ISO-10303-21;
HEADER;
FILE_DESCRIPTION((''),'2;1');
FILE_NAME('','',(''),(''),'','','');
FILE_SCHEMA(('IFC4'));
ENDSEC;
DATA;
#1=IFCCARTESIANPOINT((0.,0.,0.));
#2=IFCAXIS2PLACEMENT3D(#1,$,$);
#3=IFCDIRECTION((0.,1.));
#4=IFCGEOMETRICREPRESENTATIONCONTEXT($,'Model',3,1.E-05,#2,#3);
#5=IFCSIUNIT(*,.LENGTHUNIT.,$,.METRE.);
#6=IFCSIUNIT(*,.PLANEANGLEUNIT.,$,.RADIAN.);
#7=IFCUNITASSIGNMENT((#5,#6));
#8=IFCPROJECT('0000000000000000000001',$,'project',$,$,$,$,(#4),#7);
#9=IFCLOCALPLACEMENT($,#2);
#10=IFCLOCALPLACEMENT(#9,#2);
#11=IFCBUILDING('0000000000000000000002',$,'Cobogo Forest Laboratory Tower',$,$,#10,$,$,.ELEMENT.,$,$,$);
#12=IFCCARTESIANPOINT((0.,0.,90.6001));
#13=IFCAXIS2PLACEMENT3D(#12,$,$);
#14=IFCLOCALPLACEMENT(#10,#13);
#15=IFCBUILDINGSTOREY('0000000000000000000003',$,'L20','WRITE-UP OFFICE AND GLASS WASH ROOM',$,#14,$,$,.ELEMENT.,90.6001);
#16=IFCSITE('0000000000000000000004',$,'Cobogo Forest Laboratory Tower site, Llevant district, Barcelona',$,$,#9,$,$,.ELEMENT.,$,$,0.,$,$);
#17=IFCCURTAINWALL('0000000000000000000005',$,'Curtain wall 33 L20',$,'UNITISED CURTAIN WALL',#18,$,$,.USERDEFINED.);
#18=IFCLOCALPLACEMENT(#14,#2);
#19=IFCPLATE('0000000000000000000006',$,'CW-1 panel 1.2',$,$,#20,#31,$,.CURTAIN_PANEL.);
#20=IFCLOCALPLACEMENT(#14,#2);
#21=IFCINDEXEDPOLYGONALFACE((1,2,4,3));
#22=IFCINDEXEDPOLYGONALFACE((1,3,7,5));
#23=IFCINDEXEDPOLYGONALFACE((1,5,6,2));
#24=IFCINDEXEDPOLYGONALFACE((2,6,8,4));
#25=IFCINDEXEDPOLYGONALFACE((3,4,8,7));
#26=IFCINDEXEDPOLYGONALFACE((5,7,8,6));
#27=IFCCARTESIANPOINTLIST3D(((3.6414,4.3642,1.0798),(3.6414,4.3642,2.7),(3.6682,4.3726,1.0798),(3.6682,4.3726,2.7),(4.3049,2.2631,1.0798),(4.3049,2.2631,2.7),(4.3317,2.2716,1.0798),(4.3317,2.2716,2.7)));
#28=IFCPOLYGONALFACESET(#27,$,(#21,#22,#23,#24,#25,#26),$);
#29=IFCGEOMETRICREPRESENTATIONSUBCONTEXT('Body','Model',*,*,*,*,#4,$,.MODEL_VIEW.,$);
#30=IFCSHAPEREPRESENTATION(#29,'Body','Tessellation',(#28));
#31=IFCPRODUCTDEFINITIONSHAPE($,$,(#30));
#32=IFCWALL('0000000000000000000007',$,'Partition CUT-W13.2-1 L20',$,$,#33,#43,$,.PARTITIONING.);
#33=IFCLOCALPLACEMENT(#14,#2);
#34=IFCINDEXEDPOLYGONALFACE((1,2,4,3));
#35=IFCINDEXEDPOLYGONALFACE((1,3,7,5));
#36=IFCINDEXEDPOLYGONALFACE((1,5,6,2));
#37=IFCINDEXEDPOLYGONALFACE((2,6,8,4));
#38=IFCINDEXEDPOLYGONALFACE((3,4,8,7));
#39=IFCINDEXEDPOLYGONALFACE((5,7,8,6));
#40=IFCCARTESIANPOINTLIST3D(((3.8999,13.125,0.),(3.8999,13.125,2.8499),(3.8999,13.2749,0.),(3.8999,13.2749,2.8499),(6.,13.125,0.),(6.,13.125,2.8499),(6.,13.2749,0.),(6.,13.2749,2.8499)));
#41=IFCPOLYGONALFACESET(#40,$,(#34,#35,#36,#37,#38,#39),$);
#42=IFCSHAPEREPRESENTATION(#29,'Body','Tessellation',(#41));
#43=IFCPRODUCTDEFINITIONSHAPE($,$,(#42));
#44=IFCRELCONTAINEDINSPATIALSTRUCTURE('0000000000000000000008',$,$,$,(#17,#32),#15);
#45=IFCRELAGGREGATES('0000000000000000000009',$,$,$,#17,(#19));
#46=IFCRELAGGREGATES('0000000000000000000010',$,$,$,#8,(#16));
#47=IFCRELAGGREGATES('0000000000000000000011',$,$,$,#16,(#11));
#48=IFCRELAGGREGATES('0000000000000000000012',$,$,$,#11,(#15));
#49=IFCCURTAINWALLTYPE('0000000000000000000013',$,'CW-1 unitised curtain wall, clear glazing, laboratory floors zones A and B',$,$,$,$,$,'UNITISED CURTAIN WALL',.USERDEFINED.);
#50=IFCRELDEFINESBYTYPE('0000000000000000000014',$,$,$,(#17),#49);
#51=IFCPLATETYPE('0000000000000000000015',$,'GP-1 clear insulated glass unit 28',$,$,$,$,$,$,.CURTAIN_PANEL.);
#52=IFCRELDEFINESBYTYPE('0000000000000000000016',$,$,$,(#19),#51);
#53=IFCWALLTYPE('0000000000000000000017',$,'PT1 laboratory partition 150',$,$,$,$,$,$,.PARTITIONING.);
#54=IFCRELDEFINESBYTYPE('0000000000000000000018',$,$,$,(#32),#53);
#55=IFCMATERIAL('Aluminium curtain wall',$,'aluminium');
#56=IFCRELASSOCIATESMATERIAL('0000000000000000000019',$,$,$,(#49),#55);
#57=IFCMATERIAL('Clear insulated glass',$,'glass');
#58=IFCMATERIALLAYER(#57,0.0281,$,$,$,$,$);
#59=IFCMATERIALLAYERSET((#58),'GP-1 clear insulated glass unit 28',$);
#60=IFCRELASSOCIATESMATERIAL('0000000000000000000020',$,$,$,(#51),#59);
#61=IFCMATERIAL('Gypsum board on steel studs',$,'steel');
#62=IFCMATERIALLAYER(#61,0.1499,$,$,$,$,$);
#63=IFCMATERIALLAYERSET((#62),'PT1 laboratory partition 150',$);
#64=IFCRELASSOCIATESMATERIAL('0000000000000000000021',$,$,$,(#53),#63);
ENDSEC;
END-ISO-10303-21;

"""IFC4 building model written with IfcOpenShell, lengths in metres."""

from ifc_helpers import new_model, si_unit, direction, frame, frame_2d, origin, origin_2d, place, context, subcontext, project, spatial, rectangle, extrude, material, layer, layer_set, type_object, element, aggregate, save


model = new_model("IFC4")

# Units and contexts
model_context = context("Model", 3, precision=1e-05, world=origin(), true_north=direction((0.0, 1.0)))
body_context = subcontext(model_context, "Body", "Model", "MODEL_VIEW")
ifc_project = project(units=[si_unit("LENGTHUNIT", "METRE"), si_unit("PLANEANGLEUNIT", "RADIAN")], contexts=[model_context])

# Site, building, storey
site_placement = place(None, origin())
site = spatial("IfcSite", under=ifc_project, at=site_placement, Name="Cobogo Forest Laboratory Tower site, Llevant district, Barcelona", CompositionType="ELEMENT", RefElevation=0.0)
building_placement = place(site_placement, origin())
building = spatial("IfcBuilding", under=site, at=building_placement, Name="Cobogo Forest Laboratory Tower", CompositionType="ELEMENT")
storey_placement = place(building_placement, frame((0.0, 0.0, 90.6001)))
storey = spatial("IfcBuildingStorey", under=building, at=storey_placement, Name="L20", Description="WRITE-UP OFFICE AND GLASS WASH ROOM", CompositionType="ELEMENT", Elevation=90.6001)

# Curtain wall
ifc_material_1 = material(Name="Aluminium curtain wall", Category="aluminium")
curtain_wall_type = type_object("IfcCurtainWallType", Name="CW-1 unitised curtain wall, clear glazing, laboratory floors zones A and B", ElementType="UNITISED CURTAIN WALL", PredefinedType="USERDEFINED", material=ifc_material_1)
curtain_wall_1_placement = place(storey_placement, origin())
curtain_wall_1 = element("IfcCurtainWall", 1, at=curtain_wall_1_placement, inside=storey, type_object=curtain_wall_type, Name="Curtain wall 33 L20", ObjectType="UNITISED CURTAIN WALL", PredefinedType="USERDEFINED")

# Plate
ifc_material_2 = material(Name="Clear insulated glass", Category="glass")
ifc_layer_1 = layer(ifc_material_2, 0.0281)
ifc_layer_set_1 = layer_set([ifc_layer_1], Name="GP-1 clear insulated glass unit 28")
plate_type = type_object("IfcPlateType", Name="GP-1 clear insulated glass unit 28", PredefinedType="CURTAIN_PANEL", material=ifc_layer_set_1)
plate_1_placement = place(storey_placement, frame((3.9866, 3.3179, 1.0798), z_axis=(0.0, 0.0, 1.0), x_axis=(0.301135, -0.953581, 0.0)))
plate_1 = element("IfcPlate", 2, at=plate_1_placement, type_object=plate_type, Name="CW-1 panel 1.2", PredefinedType="CURTAIN_PANEL", context=body_context, shape_type="SweptSolid", body=[
    extrude(rectangle(XDim=2.2034, YDim=0.0281, at=origin_2d()), origin(), (0.0, 0.0, 1.0), 1.6201),
])
aggregate(curtain_wall_1, [plate_1])

# Wall
ifc_material_3 = material(Name="Gypsum board on steel studs", Category="steel")
ifc_layer_2 = layer(ifc_material_3, 0.1499)
ifc_layer_set_2 = layer_set([ifc_layer_2], Name="PT1 laboratory partition 150")
wall_type = type_object("IfcWallType", Name="PT1 laboratory partition 150", PredefinedType="PARTITIONING", material=ifc_layer_set_2)
wall_placement = place(storey_placement, frame((3.8999, 13.2, 0.0), z_axis=(0.0, 0.0, 1.0), x_axis=(1.0, 0.0, 0.0)))
element("IfcWall", 3, at=wall_placement, inside=storey, type_object=wall_type, Name="Partition CUT-W13.2-1 L20", PredefinedType="PARTITIONING", context=body_context, shape_type="SweptSolid", body=[
    extrude(rectangle(XDim=2.1001, YDim=0.1499, at=frame_2d((1.05, 0.0))), origin(), (0.0, 0.0, 1.0), 2.8499),
])

save(model, "model.ifc")
